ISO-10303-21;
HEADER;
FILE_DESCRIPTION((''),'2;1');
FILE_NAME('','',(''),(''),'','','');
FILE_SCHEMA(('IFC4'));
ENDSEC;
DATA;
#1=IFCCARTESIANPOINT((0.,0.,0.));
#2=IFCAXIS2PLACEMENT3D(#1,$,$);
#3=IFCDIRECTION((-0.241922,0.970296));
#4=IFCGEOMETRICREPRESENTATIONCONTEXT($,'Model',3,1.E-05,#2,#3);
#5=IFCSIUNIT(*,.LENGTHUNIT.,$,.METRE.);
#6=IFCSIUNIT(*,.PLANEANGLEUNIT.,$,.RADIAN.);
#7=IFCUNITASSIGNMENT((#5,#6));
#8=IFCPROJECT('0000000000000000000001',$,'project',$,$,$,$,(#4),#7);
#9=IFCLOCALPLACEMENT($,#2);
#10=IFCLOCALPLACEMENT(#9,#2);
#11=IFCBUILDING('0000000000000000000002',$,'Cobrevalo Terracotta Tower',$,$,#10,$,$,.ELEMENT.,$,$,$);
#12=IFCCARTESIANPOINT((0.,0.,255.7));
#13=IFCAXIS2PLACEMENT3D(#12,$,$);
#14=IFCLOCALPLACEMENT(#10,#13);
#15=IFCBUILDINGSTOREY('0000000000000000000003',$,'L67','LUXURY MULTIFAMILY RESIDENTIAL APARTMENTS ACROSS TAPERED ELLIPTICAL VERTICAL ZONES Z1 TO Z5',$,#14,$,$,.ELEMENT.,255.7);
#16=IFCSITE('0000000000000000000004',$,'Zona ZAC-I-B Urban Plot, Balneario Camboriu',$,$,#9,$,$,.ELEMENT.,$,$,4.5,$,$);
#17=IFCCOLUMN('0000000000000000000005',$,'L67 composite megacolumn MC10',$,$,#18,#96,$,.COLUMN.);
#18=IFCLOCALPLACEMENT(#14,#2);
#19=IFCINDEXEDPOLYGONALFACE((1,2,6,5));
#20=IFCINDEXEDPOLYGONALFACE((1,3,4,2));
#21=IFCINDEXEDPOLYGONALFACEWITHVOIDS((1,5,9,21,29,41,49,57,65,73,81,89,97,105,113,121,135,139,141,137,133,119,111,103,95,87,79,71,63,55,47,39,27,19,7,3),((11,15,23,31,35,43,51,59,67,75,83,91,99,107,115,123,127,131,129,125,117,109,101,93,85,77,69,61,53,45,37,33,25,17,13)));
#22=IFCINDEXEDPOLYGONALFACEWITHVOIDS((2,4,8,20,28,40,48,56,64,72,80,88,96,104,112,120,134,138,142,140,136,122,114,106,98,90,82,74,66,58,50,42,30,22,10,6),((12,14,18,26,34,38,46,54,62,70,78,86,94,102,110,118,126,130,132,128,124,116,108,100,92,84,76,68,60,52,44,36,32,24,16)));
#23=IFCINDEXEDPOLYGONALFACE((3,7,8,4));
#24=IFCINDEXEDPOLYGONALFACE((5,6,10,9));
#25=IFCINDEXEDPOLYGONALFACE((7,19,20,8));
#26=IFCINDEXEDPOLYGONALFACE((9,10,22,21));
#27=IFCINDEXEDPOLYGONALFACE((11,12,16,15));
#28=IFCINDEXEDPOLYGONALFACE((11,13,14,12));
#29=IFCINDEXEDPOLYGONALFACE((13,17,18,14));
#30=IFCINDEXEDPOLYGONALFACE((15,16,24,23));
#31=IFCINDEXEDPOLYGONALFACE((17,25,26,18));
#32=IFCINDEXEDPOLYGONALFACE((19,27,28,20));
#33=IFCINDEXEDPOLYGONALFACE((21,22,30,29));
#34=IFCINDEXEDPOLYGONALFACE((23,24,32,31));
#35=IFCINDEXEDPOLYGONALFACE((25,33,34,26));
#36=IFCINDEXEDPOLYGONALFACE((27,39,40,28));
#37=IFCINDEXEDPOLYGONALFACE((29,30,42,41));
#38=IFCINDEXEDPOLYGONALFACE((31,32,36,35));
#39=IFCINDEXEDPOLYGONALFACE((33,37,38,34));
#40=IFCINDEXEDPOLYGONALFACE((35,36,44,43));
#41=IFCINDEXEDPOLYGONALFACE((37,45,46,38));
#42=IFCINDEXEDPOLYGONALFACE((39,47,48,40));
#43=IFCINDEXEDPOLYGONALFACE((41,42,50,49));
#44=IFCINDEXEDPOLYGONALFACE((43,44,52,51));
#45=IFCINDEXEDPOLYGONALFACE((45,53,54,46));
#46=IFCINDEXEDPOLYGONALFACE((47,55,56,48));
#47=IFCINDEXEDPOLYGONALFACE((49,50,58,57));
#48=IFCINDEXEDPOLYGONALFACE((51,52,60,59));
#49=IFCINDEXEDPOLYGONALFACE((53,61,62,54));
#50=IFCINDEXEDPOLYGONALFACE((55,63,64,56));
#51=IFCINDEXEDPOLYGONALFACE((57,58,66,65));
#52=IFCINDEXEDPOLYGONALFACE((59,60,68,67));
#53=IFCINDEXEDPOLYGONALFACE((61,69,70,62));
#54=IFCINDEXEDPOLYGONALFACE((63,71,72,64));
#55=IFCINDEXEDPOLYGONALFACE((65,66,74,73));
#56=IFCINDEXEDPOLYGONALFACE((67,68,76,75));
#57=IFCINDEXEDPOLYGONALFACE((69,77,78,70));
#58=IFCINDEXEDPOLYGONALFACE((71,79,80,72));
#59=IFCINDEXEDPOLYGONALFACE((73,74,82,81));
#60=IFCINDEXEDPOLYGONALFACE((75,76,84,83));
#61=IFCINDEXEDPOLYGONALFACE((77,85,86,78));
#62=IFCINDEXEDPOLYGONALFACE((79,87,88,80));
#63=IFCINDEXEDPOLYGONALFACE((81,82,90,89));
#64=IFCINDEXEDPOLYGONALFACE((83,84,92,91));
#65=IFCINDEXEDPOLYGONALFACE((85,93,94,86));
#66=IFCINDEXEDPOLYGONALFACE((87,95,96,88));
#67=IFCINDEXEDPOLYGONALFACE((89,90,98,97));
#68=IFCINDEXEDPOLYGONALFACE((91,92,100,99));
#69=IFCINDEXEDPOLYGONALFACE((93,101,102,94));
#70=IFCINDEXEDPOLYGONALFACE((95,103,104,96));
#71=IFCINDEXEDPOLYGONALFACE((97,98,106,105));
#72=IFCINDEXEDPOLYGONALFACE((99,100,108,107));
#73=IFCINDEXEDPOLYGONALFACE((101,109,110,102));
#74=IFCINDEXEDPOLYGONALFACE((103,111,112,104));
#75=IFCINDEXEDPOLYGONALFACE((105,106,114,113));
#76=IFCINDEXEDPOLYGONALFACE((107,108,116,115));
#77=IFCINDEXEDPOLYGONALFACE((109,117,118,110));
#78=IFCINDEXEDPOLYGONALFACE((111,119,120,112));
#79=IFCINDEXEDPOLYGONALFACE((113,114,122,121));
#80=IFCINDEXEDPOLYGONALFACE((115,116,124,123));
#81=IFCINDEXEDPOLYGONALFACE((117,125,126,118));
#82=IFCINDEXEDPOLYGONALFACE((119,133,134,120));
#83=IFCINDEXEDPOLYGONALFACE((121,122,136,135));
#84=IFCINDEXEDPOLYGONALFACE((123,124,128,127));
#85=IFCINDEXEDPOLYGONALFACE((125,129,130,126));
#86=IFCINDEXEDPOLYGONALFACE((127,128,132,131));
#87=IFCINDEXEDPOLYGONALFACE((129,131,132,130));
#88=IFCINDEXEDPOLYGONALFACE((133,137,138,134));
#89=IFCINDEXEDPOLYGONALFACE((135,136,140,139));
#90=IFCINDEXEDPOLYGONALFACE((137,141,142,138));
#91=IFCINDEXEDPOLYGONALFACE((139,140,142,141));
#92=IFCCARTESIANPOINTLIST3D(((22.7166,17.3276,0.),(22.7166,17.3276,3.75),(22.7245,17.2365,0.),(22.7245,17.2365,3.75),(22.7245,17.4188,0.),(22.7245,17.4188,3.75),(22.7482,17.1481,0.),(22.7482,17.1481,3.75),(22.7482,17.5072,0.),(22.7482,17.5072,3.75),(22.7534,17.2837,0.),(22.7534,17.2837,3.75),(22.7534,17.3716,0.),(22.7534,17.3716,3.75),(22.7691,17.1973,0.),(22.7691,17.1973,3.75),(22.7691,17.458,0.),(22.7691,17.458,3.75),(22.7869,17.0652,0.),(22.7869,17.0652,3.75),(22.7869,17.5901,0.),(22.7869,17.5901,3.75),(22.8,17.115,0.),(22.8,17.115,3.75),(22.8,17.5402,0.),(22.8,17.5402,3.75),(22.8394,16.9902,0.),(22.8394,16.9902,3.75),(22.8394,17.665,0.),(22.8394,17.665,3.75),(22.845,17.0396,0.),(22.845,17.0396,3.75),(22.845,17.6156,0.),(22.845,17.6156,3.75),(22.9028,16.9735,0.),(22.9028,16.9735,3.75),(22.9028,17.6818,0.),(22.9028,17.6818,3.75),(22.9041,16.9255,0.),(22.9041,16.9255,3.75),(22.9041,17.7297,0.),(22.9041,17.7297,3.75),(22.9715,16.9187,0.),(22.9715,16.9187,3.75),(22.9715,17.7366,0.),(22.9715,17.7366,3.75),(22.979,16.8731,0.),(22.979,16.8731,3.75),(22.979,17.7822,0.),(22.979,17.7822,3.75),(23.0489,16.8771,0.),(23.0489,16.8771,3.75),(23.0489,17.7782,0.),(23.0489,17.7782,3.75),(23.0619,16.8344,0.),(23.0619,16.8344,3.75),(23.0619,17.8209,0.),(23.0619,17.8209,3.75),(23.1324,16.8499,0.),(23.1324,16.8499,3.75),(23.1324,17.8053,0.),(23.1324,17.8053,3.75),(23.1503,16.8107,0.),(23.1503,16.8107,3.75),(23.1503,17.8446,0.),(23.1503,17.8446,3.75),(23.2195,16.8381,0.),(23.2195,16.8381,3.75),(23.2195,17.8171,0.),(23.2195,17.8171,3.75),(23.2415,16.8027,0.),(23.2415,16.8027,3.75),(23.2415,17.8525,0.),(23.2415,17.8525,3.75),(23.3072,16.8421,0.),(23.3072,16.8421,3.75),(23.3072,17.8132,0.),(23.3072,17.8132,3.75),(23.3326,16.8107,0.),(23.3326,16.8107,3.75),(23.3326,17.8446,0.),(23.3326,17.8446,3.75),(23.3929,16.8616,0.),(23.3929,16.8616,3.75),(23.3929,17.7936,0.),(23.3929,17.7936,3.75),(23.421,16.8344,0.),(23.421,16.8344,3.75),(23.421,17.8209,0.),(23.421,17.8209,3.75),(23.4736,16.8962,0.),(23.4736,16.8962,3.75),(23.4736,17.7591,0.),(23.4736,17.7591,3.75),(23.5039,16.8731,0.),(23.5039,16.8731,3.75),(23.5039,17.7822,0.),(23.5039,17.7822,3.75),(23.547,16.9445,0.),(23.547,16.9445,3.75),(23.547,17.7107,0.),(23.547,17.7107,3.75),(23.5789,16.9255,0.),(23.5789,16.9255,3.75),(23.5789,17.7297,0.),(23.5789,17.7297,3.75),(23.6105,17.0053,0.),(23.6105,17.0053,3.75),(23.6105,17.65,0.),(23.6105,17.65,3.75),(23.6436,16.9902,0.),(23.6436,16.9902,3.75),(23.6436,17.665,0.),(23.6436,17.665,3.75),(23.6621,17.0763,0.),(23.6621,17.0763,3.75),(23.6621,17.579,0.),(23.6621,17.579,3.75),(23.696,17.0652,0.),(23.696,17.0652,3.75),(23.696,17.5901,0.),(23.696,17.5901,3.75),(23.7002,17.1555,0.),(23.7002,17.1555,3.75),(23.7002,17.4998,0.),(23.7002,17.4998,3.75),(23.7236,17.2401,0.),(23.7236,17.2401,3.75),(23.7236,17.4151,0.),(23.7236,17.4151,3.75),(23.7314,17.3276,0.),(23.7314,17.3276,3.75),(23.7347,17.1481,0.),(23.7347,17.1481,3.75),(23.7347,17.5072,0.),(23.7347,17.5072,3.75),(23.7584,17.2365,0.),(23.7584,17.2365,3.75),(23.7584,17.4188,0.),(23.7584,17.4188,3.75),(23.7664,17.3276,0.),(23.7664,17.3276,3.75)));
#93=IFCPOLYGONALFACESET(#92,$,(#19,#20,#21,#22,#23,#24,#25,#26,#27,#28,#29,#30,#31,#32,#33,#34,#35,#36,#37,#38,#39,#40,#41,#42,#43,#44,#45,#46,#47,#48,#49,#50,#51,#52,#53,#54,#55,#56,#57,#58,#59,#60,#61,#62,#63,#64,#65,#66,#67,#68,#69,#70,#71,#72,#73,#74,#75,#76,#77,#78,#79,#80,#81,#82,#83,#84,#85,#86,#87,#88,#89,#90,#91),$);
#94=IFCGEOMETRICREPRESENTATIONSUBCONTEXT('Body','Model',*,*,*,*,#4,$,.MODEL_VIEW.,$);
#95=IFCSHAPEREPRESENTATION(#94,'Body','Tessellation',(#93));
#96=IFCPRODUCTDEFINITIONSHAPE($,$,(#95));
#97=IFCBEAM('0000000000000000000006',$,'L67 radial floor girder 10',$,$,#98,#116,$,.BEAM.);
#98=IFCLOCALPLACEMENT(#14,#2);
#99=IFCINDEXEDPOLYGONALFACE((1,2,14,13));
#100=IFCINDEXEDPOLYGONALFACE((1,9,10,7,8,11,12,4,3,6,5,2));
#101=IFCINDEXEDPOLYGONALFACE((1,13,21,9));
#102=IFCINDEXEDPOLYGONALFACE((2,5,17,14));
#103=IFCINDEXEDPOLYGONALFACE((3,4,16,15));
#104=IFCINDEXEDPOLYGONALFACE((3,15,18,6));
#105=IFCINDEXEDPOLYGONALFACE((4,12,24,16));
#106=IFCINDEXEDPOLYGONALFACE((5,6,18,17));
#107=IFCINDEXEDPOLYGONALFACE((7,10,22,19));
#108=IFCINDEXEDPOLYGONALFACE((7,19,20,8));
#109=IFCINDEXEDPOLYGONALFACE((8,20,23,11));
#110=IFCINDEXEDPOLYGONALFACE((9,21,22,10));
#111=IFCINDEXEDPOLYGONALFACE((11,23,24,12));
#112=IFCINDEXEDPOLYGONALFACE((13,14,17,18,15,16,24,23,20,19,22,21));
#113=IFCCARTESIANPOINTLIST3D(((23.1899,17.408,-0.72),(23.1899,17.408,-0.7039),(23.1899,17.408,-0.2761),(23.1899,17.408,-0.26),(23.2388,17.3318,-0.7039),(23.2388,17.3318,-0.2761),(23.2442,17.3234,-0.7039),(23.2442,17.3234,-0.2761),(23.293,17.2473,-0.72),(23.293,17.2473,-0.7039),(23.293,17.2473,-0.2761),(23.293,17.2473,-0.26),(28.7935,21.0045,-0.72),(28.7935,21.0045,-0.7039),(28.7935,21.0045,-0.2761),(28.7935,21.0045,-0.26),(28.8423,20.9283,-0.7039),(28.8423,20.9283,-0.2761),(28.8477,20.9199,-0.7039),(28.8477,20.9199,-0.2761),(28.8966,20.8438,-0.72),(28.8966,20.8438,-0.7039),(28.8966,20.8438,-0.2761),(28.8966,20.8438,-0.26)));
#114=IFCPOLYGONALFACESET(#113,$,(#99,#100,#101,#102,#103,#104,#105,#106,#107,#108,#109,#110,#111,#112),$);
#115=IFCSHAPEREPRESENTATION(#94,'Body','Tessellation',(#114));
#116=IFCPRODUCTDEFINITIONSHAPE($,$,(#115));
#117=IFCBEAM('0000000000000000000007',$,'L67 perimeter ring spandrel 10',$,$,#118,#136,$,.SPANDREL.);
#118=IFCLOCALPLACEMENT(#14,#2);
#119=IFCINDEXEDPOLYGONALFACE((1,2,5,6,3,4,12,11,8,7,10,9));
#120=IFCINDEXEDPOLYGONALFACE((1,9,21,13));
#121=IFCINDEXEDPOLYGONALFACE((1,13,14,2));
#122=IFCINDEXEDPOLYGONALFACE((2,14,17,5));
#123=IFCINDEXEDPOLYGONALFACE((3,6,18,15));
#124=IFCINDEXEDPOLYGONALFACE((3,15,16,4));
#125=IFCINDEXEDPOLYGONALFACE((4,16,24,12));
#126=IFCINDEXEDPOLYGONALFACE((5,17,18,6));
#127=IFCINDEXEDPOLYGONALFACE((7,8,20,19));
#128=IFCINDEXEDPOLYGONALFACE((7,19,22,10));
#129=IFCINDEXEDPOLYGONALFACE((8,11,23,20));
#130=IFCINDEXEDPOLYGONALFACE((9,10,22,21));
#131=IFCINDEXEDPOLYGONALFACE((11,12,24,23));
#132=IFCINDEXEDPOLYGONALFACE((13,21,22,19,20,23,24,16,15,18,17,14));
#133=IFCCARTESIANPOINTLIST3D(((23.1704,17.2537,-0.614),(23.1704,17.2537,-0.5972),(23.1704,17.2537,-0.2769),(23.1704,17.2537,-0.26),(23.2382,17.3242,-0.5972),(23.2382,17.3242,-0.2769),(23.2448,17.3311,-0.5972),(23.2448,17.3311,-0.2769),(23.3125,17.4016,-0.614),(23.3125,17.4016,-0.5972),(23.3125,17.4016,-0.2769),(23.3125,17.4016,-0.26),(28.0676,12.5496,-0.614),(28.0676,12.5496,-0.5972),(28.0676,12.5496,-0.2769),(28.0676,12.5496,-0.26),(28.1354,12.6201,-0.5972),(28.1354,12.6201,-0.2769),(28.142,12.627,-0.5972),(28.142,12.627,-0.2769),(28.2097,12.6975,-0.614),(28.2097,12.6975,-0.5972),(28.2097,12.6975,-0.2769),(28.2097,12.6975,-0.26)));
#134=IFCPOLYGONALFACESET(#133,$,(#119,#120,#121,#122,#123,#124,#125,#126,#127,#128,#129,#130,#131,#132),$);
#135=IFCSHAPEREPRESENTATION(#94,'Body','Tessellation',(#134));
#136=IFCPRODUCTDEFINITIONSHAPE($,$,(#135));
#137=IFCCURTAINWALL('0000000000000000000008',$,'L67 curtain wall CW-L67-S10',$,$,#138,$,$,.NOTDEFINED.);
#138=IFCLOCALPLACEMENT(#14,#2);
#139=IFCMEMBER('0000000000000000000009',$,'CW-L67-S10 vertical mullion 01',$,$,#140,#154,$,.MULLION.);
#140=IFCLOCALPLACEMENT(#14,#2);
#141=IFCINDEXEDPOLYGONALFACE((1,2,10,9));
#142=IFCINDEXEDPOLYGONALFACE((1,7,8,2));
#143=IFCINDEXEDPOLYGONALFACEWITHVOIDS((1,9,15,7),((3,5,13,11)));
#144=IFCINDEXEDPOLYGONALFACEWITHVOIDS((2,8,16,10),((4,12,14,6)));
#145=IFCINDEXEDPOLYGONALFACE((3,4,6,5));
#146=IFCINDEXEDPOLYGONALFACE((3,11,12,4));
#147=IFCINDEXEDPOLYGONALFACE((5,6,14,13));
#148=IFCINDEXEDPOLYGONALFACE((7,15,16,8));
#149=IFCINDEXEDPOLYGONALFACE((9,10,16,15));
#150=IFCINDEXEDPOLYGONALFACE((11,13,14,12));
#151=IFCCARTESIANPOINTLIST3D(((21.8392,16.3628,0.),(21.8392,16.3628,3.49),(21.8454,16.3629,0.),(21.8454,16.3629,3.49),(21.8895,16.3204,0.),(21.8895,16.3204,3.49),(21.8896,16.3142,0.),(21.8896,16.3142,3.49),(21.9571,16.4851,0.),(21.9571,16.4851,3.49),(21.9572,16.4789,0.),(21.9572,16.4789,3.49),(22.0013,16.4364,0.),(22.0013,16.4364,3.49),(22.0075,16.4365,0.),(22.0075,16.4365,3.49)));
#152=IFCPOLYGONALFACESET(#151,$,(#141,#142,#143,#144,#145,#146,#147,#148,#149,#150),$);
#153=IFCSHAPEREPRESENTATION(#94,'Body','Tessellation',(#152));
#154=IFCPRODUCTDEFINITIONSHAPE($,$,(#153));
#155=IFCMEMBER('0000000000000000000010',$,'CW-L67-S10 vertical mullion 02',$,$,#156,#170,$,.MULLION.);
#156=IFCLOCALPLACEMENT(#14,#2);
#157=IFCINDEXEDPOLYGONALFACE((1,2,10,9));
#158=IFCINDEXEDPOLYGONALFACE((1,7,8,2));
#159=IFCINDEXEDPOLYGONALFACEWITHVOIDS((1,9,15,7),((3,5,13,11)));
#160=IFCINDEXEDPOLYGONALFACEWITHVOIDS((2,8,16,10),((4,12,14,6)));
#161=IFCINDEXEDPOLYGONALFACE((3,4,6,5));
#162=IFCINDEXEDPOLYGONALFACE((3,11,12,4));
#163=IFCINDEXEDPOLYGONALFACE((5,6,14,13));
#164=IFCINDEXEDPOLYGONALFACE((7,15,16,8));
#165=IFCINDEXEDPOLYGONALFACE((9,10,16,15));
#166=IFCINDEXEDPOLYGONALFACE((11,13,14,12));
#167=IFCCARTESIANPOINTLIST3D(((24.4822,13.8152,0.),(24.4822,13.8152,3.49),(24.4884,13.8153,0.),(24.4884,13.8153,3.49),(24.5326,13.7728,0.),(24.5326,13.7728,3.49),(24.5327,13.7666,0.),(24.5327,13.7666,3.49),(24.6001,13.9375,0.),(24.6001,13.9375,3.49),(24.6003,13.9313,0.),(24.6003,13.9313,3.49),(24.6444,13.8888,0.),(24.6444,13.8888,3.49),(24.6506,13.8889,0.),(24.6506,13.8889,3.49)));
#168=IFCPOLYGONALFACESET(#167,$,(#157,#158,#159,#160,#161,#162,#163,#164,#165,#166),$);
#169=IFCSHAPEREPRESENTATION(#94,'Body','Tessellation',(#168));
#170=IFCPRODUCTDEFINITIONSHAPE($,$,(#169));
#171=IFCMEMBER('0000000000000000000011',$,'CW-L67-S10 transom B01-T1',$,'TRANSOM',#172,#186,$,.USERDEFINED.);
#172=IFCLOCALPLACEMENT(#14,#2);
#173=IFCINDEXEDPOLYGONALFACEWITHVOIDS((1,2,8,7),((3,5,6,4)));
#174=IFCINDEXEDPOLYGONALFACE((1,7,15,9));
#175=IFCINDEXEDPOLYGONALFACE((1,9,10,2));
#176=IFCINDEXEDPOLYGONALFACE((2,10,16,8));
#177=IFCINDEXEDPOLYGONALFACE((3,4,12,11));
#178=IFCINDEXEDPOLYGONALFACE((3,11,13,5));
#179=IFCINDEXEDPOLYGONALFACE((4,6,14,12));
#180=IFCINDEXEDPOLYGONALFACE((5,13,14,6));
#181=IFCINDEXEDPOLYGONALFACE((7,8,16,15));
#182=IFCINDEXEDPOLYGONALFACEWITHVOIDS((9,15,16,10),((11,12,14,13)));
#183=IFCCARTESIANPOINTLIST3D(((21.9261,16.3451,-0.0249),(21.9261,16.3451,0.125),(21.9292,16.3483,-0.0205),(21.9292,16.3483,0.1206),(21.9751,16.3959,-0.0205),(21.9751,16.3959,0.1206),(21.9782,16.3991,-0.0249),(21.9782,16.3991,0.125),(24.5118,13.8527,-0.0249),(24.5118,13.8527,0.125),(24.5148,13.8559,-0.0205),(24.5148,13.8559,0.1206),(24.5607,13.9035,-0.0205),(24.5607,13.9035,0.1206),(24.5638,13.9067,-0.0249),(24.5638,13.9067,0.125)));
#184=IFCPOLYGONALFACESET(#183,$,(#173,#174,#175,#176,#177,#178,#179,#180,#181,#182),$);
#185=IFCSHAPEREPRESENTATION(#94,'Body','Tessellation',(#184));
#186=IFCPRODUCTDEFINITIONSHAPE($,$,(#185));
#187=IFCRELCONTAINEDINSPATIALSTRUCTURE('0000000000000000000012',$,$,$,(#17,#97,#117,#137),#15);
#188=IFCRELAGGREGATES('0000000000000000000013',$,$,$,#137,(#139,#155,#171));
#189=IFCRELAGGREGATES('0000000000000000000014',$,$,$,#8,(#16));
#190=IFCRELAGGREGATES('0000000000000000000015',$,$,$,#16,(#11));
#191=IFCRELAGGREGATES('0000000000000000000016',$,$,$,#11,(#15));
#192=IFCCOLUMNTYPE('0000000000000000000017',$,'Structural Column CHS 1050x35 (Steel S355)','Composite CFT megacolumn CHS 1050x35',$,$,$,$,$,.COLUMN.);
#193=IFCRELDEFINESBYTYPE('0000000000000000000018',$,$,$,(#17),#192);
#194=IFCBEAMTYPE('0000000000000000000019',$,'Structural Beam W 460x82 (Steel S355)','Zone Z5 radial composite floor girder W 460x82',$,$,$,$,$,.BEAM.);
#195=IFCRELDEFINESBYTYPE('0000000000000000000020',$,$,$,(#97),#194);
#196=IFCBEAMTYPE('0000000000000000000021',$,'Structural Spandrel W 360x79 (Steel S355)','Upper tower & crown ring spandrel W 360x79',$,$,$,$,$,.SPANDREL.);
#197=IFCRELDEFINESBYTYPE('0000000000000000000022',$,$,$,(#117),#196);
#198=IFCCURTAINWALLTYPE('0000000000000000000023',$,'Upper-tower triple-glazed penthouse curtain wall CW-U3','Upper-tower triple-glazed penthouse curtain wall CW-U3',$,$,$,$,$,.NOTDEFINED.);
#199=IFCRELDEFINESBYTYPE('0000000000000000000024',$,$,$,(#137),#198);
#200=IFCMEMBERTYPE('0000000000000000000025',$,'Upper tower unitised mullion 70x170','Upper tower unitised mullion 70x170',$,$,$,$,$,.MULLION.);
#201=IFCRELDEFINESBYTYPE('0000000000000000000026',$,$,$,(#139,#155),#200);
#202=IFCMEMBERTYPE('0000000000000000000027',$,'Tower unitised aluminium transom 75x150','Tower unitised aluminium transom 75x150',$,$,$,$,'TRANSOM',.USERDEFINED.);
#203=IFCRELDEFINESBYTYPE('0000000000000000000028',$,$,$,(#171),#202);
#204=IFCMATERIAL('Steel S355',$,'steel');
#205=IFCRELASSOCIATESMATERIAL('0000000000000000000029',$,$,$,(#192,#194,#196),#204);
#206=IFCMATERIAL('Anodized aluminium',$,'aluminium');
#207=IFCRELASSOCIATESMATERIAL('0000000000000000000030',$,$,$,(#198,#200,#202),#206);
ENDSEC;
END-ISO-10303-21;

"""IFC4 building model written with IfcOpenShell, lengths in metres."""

from ifc_helpers import new_model, si_unit, direction, frame, origin, origin_2d, place, context, subcontext, project, spatial, hollow_rectangle, hollow_circle, i_section, extrude, source, transform, mapped, material, material_profile, profile_set, type_object, element, aggregate, save


model = new_model("IFC4")

# Units and contexts
model_context = context("Model", 3, precision=1e-05, world=origin(), true_north=direction((-0.241922, 0.970296)))
body_context = subcontext(model_context, "Body", "Model", "MODEL_VIEW")
ifc_project = project(units=[si_unit("LENGTHUNIT", "METRE"), si_unit("PLANEANGLEUNIT", "RADIAN")], contexts=[model_context])

# Site, building, storey
site_placement = place(None, origin())
site = spatial("IfcSite", under=ifc_project, at=site_placement, Name="Zona ZAC-I-B Urban Plot, Balneario Camboriu", CompositionType="ELEMENT", RefElevation=4.5)
building_placement = place(site_placement, origin())
building = spatial("IfcBuilding", under=site, at=building_placement, Name="Cobrevalo Terracotta Tower", CompositionType="ELEMENT")
storey_placement = place(building_placement, frame((0.0, 0.0, 255.7)))
storey = spatial("IfcBuildingStorey", under=building, at=storey_placement, Name="L67", Description="LUXURY MULTIFAMILY RESIDENTIAL APARTMENTS ACROSS TAPERED ELLIPTICAL VERTICAL ZONES Z1 TO Z5", CompositionType="ELEMENT", Elevation=255.7)

# Column
ifc_material_1 = material(Name="Steel S355", Category="steel")
ifc_material_profile_1 = material_profile(ifc_material_1, hollow_circle(Radius=0.5249, WallThickness=0.0349, at=origin_2d()), Name="CHS 1050x35")
ifc_profile_set_1 = profile_set([ifc_material_profile_1], Name="Steel S355")
column_type = type_object("IfcColumnType", Name="Structural Column CHS 1050x35 (Steel S355)", Description="Composite CFT megacolumn CHS 1050x35", PredefinedType="COLUMN", material=ifc_profile_set_1)
column_placement = place(storey_placement, frame((23.2415, 17.3276, 0.0), z_axis=(0.0, 0.0, 1.0), x_axis=(1.0, 0.0, 0.0)))
element("IfcColumn", 1, at=column_placement, inside=storey, type_object=column_type, Name="L67 composite megacolumn MC10", PredefinedType="COLUMN", context=body_context, shape_type="SweptSolid", body=[
    extrude(hollow_circle(Radius=0.5249, WallThickness=0.0349, at=origin_2d()), origin(), (0.0, 0.0, 1.0), 3.75),
])

# Beams
ifc_material_profile_2 = material_profile(ifc_material_1, i_section(OverallWidth=0.1909, OverallDepth=0.46, WebThickness=0.01, FlangeThickness=0.0161, at=origin_2d()), Name="W 460x82")
ifc_profile_set_2 = profile_set([ifc_material_profile_2], Name="Steel S355")
beam_type_1 = type_object("IfcBeamType", Name="Structural Beam W 460x82 (Steel S355)", Description="Zone Z5 radial composite floor girder W 460x82", PredefinedType="BEAM", material=ifc_profile_set_2)
beam_1_placement = place(storey_placement, frame((23.2415, 17.3276, -0.49), z_axis=(0.841576, 0.540138, 0.0), x_axis=(-0.540138, 0.841576, 0.0)))
element("IfcBeam", 2, at=beam_1_placement, inside=storey, type_object=beam_type_1, Name="L67 radial floor girder 10", PredefinedType="BEAM", context=body_context, shape_type="SweptSolid", body=[
    extrude(i_section(OverallWidth=0.1909, OverallDepth=0.46, WebThickness=0.01, FlangeThickness=0.0161, at=origin_2d()), origin(), (0.0, 0.0, 1.0), 6.6584),
])
ifc_material_profile_3 = material_profile(ifc_material_1, i_section(OverallWidth=0.2051, OverallDepth=0.354, WebThickness=0.0095, FlangeThickness=0.0168, at=origin_2d()), Name="W 360x79")
ifc_profile_set_3 = profile_set([ifc_material_profile_3], Name="Steel S355")
beam_type_2 = type_object("IfcBeamType", Name="Structural Spandrel W 360x79 (Steel S355)", Description="Upper tower & crown ring spandrel W 360x79", PredefinedType="SPANDREL", material=ifc_profile_set_3)
beam_2_placement = place(storey_placement, frame((23.2415, 17.3276, -0.437), z_axis=(0.721183, -0.692744, 0.0), x_axis=(0.692744, 0.721183, 0.0)))
element("IfcBeam", 3, at=beam_2_placement, inside=storey, type_object=beam_type_2, Name="L67 perimeter ring spandrel 10", PredefinedType="SPANDREL", context=body_context, shape_type="SweptSolid", body=[
    extrude(i_section(OverallWidth=0.2051, OverallDepth=0.354, WebThickness=0.0095, FlangeThickness=0.0168, at=origin_2d()), origin(), (0.0, 0.0, 1.0), 6.7905),
])

# Curtain wall, members
ifc_material_2 = material(Name="Anodized aluminium", Category="aluminium")
curtain_wall_type = type_object("IfcCurtainWallType", Name="Upper-tower triple-glazed penthouse curtain wall CW-U3", Description="Upper-tower triple-glazed penthouse curtain wall CW-U3", PredefinedType="NOTDEFINED", material=ifc_material_2)
curtain_wall_placement = place(storey_placement, origin())
curtain_wall = element("IfcCurtainWall", 4, at=curtain_wall_placement, inside=storey, type_object=curtain_wall_type, Name="L67 curtain wall CW-L67-S10", PredefinedType="NOTDEFINED")
ifc_material_profile_4 = material_profile(ifc_material_2, hollow_rectangle(XDim=0.0701, YDim=0.1699, WallThickness=0.0044, at=origin_2d()), Name="CWM 70x170")
ifc_profile_set_4 = profile_set([ifc_material_profile_4], Name="Anodized aluminium")
member_type_1 = type_object("IfcMemberType", Name="Upper tower unitised mullion 70x170", Description="Upper tower unitised mullion 70x170", PredefinedType="MULLION", material=ifc_profile_set_4)
shared_shape_1 = source(origin(), body_context, "Body", "SweptSolid", [
    extrude(hollow_rectangle(XDim=0.0701, YDim=0.1699, WallThickness=0.0044, at=origin_2d()), origin(), (0.0, 0.0, 1.0), 3.49),
])
member_1_placement = place(storey_placement, frame((21.9233, 16.3997, 0.0), z_axis=(0.0, 0.0, 1.0), x_axis=(0.719994, -0.69398, 0.0)))
member_1 = element("IfcMember", 5, at=member_1_placement, type_object=member_type_1, Name="CW-L67-S10 vertical mullion 01", PredefinedType="MULLION", context=body_context, shape_type="MappedRepresentation", body=[
    mapped(shared_shape_1, transform((0.0, 0.0, 0.0), scale=1.0)),
])
member_2_placement = place(storey_placement, frame((24.5664, 13.8521, 0.0), z_axis=(0.0, 0.0, 1.0), x_axis=(0.719994, -0.69398, 0.0)))
member_2 = element("IfcMember", 6, at=member_2_placement, type_object=member_type_1, Name="CW-L67-S10 vertical mullion 02", PredefinedType="MULLION", context=body_context, shape_type="MappedRepresentation", body=[
    mapped(shared_shape_1, transform((0.0, 0.0, 0.0), scale=1.0)),
])
ifc_material_profile_5 = material_profile(ifc_material_2, hollow_rectangle(XDim=0.075, YDim=0.1499, WallThickness=0.0044, at=origin_2d()), Name="CWT 75x150")
ifc_profile_set_5 = profile_set([ifc_material_profile_5], Name="Anodized aluminium")
member_type_2 = type_object("IfcMemberType", Name="Tower unitised aluminium transom 75x150", Description="Tower unitised aluminium transom 75x150", ElementType="TRANSOM", PredefinedType="USERDEFINED", material=ifc_profile_set_5)
shared_shape_2 = source(origin(), body_context, "Body", "SweptSolid", [
    extrude(hollow_rectangle(XDim=0.075, YDim=0.1499, WallThickness=0.0044, at=origin_2d()), origin(), (0.0, 0.0, 1.0), 3.5913),
])
member_3_placement = place(storey_placement, frame((21.9521, 16.3721, 0.05), z_axis=(0.719972, -0.694003, 0.0), x_axis=(0.694003, 0.719972, 0.0)))
member_3 = element("IfcMember", 7, at=member_3_placement, type_object=member_type_2, Name="CW-L67-S10 transom B01-T1", ObjectType="TRANSOM", PredefinedType="USERDEFINED", context=body_context, shape_type="MappedRepresentation", body=[
    mapped(shared_shape_2, transform((0.0, 0.0, 0.0), scale=1.0)),
])

aggregate(curtain_wall, [member_1, member_2, member_3])

save(model, "model.ifc")
